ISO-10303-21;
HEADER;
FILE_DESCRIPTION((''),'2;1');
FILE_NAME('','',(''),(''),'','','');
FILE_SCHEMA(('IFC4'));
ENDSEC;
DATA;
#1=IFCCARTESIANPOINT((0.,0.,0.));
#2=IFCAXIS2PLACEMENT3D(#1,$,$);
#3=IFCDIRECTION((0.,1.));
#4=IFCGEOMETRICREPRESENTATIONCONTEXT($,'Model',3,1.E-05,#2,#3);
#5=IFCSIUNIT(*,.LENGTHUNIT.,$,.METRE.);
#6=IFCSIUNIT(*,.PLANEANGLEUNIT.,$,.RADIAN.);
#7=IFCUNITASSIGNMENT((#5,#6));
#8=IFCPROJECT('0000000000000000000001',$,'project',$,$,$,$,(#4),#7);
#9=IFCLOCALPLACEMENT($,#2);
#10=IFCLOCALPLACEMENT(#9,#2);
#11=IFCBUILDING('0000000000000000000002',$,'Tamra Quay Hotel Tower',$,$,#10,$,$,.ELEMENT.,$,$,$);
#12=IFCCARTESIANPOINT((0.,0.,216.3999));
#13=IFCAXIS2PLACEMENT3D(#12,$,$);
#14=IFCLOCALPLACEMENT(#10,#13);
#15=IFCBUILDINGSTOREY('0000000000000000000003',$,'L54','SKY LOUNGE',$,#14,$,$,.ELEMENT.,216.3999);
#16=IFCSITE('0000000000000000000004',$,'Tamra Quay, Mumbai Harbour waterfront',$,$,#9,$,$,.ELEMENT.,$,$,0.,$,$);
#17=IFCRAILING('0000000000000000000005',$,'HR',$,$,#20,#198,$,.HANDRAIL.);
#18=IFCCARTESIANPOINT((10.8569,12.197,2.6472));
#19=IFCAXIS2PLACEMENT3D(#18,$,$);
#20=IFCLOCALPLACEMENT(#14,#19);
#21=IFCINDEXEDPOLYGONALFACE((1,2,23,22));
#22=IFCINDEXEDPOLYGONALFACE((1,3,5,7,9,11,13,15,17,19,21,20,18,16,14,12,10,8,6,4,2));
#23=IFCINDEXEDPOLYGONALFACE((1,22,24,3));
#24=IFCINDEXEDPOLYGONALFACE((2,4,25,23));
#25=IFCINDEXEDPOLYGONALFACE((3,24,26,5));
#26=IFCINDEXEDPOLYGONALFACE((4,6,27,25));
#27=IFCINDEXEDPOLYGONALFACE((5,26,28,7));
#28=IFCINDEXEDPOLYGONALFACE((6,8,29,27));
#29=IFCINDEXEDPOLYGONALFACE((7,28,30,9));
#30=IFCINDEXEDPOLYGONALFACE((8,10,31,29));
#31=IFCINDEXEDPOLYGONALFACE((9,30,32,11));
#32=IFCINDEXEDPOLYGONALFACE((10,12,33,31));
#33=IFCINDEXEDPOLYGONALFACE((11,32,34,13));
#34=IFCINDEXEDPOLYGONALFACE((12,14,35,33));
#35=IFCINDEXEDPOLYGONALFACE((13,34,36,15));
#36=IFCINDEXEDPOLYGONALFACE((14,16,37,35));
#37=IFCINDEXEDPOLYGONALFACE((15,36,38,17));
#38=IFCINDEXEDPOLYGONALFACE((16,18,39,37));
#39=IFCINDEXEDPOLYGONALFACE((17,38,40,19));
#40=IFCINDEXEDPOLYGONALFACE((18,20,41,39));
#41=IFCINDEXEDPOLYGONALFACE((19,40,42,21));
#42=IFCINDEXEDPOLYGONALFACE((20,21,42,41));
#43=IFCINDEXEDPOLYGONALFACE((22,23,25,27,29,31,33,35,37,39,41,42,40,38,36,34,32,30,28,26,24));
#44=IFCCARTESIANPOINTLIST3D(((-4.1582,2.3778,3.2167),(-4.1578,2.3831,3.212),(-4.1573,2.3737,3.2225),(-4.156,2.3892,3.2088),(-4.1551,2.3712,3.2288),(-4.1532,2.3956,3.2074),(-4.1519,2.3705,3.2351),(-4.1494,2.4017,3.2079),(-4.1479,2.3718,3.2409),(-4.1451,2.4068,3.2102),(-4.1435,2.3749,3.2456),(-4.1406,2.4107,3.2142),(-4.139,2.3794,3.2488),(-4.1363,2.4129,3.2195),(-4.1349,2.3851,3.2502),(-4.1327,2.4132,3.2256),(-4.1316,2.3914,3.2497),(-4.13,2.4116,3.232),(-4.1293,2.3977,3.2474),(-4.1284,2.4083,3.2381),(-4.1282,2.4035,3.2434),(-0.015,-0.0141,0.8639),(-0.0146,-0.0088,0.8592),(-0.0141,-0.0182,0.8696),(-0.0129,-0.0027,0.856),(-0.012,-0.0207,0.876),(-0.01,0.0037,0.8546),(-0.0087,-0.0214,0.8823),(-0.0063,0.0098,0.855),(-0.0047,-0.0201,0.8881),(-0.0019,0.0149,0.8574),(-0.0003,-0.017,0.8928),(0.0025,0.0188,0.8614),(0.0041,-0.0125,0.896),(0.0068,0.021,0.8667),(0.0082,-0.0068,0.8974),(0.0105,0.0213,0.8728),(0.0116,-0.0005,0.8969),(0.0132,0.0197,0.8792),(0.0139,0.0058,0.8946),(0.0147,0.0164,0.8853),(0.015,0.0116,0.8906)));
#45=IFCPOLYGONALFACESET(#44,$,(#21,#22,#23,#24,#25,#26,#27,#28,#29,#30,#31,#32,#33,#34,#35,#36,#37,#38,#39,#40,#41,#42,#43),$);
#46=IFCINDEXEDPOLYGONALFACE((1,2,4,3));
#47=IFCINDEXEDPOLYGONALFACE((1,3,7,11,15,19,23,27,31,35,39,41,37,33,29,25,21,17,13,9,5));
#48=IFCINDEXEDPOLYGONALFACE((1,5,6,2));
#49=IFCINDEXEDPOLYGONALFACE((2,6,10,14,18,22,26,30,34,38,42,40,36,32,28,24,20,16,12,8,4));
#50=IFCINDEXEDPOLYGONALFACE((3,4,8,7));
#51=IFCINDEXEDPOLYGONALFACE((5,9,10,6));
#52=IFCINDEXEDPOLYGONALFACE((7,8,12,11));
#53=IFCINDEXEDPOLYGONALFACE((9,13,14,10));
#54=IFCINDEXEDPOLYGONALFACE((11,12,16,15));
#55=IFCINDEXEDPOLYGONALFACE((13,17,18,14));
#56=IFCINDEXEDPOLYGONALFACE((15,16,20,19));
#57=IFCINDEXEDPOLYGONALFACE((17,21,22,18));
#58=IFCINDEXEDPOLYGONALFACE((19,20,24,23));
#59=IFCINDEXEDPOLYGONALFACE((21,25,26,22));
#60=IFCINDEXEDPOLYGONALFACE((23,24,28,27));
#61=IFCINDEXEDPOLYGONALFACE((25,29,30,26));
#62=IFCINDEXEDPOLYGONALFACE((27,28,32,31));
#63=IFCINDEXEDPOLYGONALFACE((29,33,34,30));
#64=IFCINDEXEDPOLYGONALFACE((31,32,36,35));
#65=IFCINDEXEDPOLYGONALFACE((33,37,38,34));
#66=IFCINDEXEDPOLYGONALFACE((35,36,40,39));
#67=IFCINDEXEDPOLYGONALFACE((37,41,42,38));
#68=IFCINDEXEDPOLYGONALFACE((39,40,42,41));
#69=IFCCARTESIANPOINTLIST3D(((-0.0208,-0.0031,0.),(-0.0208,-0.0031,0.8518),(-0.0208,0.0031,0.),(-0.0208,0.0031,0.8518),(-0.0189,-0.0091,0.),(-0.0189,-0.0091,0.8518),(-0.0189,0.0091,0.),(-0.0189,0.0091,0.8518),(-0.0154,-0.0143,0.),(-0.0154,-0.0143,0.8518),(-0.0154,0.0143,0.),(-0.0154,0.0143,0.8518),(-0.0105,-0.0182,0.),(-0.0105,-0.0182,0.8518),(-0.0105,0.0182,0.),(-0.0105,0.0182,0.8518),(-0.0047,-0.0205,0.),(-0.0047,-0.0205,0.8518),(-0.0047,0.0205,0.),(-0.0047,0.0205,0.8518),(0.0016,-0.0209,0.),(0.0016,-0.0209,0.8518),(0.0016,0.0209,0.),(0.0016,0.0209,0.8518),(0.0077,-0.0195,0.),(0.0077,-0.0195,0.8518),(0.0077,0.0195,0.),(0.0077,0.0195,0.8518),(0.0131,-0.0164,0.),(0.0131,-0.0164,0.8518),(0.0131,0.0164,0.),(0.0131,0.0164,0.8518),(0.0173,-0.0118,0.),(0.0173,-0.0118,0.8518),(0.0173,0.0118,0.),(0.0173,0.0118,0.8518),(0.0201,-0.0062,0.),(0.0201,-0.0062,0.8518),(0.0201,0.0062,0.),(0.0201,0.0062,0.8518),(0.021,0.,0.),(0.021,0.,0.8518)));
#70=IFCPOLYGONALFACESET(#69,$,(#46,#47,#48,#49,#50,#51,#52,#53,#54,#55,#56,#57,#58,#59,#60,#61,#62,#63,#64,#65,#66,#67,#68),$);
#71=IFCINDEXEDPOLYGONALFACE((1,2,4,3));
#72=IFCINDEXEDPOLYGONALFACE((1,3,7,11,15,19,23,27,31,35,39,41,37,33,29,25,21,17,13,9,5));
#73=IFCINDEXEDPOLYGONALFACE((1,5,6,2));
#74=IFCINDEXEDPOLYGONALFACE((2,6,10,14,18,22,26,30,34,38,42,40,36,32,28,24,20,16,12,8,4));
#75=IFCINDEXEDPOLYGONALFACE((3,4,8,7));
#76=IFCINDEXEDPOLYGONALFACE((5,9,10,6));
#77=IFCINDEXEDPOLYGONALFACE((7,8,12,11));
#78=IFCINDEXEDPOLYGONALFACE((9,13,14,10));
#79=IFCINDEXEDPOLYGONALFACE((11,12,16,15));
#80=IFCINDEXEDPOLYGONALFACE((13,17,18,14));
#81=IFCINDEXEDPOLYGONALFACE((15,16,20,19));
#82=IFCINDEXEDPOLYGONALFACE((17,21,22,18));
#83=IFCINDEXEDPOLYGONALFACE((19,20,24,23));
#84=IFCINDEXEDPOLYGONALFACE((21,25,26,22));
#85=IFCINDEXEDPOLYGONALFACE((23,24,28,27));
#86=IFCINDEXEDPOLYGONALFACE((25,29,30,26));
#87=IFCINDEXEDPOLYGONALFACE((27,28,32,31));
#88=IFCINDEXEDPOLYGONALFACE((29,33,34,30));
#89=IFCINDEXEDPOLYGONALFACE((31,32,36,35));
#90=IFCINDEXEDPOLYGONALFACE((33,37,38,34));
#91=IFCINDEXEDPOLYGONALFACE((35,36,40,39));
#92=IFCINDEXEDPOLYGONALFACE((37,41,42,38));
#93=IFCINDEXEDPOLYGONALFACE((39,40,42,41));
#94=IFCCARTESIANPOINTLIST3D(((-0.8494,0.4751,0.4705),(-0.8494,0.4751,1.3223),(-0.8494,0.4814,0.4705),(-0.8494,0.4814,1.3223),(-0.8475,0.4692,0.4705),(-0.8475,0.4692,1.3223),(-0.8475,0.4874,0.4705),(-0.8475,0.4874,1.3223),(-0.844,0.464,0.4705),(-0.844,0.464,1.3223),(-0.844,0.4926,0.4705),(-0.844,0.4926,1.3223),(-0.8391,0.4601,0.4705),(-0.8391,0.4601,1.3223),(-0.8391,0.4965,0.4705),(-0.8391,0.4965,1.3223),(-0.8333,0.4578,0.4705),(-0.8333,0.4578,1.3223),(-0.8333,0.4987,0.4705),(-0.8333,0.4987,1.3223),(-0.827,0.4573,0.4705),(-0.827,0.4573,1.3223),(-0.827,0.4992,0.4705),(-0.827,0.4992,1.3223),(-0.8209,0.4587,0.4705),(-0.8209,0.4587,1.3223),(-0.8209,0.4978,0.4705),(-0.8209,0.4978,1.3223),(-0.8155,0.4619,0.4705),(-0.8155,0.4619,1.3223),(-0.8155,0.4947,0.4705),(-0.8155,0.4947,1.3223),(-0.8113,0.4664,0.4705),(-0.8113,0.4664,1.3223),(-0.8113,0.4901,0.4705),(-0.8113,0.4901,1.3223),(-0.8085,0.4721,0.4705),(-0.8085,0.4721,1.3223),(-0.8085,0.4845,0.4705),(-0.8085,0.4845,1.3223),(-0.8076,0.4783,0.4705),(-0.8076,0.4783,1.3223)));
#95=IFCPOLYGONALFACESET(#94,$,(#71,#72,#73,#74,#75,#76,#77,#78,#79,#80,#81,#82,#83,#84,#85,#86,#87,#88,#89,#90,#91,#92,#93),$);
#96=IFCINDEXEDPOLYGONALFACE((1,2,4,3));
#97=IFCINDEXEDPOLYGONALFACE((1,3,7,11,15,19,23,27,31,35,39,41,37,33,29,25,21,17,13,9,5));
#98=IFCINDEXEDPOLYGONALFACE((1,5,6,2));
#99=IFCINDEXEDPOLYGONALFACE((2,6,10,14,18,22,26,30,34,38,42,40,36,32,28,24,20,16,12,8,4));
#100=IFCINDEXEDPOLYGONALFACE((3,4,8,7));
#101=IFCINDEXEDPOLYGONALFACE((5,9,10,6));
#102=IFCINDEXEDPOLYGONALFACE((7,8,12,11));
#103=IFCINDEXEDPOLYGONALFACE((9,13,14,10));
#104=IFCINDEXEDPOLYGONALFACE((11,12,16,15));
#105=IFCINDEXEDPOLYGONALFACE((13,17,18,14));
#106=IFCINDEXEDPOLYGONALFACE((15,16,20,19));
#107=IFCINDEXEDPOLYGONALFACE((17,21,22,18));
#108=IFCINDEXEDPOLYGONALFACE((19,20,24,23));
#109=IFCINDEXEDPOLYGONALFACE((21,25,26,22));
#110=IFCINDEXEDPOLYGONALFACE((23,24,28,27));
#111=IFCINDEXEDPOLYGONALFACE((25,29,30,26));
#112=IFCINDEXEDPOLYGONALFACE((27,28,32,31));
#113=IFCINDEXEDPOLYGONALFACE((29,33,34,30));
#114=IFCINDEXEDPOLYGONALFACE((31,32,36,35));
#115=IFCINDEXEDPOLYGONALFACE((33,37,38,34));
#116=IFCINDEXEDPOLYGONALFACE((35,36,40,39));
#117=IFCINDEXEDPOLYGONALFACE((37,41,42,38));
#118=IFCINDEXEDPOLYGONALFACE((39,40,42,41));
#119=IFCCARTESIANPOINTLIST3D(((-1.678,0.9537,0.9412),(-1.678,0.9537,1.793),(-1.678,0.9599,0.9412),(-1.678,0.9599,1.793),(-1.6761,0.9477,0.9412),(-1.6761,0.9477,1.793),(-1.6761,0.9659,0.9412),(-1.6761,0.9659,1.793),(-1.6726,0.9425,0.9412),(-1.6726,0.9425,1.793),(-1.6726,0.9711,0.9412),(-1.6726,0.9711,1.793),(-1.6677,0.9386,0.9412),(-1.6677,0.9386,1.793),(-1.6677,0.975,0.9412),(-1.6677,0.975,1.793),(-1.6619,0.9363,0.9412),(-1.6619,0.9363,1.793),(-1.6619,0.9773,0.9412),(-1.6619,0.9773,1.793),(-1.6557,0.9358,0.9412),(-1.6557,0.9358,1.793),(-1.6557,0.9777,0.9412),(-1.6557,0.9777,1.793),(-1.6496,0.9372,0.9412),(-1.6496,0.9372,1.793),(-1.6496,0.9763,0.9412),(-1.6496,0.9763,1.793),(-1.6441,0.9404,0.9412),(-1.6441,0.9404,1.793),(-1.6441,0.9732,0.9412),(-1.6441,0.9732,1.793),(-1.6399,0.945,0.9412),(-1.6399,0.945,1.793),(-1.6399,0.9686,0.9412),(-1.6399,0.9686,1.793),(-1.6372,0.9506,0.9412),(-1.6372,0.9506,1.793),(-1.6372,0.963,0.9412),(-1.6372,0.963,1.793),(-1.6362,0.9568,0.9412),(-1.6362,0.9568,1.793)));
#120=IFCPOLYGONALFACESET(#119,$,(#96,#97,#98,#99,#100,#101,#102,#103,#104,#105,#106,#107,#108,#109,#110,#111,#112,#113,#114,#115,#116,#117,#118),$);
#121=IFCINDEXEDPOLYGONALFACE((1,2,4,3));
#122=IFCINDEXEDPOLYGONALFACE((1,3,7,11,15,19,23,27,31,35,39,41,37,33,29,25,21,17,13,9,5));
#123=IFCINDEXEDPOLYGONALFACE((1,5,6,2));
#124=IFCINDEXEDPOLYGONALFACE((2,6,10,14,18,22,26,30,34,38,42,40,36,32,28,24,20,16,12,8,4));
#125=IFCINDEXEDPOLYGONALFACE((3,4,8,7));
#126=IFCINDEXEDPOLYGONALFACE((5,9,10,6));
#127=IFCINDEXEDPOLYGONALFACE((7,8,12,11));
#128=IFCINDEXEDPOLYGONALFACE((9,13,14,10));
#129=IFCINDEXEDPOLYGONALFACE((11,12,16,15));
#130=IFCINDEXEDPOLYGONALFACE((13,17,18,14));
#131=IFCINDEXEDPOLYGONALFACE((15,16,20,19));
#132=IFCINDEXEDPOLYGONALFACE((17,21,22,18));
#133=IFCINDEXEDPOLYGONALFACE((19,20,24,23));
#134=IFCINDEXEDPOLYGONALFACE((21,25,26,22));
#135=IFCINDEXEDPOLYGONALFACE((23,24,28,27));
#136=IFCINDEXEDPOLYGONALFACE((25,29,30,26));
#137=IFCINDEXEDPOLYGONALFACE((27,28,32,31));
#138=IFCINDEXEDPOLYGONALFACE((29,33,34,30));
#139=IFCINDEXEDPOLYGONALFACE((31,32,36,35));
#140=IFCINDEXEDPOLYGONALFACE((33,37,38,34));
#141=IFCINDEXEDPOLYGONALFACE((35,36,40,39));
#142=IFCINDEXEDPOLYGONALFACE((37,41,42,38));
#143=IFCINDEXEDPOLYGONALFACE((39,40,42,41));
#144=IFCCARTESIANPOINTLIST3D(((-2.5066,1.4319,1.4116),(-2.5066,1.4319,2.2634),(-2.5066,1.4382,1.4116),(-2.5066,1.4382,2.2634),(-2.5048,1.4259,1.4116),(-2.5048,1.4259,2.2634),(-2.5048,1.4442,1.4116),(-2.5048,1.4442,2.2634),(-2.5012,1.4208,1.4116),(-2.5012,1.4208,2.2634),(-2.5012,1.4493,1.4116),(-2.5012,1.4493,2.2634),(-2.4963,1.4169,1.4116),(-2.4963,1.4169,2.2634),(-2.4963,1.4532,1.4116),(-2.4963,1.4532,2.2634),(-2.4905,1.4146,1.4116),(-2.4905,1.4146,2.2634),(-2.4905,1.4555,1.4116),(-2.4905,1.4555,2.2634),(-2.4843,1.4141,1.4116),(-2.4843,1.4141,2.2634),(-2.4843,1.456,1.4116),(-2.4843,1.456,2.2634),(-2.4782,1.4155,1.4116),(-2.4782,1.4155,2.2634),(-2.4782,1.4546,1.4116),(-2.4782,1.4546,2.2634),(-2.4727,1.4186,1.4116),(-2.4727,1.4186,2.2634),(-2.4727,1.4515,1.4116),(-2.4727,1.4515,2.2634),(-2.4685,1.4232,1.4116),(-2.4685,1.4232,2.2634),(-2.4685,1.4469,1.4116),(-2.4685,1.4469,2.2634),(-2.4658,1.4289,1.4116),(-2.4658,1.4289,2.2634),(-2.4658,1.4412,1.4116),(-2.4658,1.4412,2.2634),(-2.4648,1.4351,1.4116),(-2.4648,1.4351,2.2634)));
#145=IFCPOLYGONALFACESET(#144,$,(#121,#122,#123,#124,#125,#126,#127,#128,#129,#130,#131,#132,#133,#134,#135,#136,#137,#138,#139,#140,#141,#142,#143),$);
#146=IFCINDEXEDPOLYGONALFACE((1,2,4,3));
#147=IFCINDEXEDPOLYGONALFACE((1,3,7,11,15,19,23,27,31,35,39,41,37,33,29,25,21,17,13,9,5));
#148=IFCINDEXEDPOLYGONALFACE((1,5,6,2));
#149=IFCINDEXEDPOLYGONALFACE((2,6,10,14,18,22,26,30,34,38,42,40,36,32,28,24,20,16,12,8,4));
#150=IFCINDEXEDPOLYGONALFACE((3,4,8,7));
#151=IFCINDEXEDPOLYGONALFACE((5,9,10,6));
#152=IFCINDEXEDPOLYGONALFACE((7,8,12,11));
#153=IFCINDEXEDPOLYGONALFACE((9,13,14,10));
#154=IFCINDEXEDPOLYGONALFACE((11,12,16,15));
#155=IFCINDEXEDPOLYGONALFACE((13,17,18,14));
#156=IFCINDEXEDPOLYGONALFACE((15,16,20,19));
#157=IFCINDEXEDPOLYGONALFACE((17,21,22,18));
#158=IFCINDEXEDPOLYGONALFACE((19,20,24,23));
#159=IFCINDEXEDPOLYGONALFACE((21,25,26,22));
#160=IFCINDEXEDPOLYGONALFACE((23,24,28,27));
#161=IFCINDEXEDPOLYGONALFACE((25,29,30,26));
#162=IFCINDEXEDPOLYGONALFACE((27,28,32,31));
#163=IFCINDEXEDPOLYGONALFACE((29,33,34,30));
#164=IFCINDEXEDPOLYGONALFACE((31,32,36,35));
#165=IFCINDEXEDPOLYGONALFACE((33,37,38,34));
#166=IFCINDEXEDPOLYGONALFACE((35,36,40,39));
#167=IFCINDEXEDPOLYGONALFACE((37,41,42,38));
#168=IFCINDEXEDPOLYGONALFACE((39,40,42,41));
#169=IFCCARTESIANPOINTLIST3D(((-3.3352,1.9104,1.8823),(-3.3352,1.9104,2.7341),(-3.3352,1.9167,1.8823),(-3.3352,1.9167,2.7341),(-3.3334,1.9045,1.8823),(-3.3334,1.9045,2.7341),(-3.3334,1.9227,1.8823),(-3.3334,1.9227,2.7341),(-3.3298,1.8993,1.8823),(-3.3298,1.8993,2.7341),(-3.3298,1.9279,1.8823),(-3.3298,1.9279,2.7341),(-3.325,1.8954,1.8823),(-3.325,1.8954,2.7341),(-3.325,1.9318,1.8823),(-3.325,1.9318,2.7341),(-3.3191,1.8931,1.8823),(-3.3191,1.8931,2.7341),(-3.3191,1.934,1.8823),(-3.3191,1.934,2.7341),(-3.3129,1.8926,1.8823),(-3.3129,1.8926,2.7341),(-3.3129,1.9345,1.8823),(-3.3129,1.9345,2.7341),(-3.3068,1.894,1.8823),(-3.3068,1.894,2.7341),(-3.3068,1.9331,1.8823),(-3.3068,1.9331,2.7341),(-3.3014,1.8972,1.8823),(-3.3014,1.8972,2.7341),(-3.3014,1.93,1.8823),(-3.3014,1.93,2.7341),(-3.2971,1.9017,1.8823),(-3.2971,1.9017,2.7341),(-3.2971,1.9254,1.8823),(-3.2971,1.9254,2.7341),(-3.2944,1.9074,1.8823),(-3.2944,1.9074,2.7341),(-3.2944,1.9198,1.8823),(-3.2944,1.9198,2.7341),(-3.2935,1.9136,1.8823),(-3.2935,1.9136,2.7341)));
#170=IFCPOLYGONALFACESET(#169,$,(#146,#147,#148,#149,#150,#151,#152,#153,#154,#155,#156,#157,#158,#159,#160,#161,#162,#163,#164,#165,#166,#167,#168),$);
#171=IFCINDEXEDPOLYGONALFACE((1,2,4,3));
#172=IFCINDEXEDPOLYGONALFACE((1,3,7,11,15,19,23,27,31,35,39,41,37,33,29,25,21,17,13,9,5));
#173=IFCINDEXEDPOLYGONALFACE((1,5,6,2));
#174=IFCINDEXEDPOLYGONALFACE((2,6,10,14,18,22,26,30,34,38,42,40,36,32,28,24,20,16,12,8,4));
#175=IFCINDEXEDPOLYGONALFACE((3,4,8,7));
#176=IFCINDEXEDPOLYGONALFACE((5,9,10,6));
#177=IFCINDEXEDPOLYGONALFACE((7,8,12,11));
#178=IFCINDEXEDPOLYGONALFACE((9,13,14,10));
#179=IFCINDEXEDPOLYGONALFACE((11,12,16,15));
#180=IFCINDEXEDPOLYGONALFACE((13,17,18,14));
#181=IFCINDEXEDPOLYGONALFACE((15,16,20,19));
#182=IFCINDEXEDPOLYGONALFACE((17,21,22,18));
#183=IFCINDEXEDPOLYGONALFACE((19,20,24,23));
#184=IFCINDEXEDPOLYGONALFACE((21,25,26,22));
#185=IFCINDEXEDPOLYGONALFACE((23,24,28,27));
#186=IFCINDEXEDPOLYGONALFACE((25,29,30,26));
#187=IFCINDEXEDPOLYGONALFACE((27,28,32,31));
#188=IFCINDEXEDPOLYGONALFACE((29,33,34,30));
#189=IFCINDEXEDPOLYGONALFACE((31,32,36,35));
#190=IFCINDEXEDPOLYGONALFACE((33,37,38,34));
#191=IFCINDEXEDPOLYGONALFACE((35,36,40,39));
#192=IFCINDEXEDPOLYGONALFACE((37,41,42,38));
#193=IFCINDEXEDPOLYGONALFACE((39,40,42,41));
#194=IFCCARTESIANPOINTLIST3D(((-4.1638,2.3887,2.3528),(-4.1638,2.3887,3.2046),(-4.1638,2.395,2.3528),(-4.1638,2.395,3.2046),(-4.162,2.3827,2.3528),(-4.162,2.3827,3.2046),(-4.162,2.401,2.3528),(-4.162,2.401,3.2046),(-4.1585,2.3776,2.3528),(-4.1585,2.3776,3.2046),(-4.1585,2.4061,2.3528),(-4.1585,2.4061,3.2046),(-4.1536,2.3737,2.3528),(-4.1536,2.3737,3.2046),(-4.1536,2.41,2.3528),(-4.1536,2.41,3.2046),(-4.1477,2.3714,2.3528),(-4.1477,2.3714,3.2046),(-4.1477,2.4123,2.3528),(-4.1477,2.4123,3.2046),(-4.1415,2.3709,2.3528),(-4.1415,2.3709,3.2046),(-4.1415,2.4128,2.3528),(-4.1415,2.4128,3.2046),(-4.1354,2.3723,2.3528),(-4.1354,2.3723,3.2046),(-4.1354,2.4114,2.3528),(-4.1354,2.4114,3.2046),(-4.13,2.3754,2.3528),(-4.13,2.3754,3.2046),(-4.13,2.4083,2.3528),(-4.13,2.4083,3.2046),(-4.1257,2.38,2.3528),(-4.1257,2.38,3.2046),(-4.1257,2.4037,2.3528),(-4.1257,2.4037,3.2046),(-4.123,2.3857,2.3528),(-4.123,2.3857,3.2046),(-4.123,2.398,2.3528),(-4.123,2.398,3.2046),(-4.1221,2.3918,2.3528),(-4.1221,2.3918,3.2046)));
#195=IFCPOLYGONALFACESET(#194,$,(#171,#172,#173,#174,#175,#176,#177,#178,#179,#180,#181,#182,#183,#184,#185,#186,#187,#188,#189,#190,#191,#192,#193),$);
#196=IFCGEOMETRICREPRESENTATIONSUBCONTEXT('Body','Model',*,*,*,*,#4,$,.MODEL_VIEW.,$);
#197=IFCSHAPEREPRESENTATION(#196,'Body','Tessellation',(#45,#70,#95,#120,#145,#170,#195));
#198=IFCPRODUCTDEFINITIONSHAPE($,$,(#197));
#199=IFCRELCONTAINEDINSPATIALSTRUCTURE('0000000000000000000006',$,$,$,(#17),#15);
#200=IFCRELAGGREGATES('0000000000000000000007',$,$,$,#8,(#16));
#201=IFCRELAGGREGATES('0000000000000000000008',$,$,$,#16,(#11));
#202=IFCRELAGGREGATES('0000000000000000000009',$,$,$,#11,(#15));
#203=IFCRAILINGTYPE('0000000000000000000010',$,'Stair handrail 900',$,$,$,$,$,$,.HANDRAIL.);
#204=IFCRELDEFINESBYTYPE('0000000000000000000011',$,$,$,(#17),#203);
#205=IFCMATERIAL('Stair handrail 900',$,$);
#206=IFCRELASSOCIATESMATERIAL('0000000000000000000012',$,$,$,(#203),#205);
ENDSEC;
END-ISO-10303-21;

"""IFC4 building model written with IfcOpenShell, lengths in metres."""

from ifc_helpers import new_model, si_unit, direction, frame, origin, origin_2d, place, context, subcontext, project, spatial, circle, extrude, material, type_object, element, save


model = new_model("IFC4")

# Units and contexts
model_context = context("Model", 3, precision=1e-05, world=origin(), true_north=direction((0.0, 1.0)))
body_context = subcontext(model_context, "Body", "Model", "MODEL_VIEW")
ifc_project = project(units=[si_unit("LENGTHUNIT", "METRE"), si_unit("PLANEANGLEUNIT", "RADIAN")], contexts=[model_context])

# Site, building, storey
site_placement = place(None, origin())
site = spatial("IfcSite", under=ifc_project, at=site_placement, Name="Tamra Quay, Mumbai Harbour waterfront", CompositionType="ELEMENT", RefElevation=0.0)
building_placement = place(site_placement, origin())
building = spatial("IfcBuilding", under=site, at=building_placement, Name="Tamra Quay Hotel Tower", CompositionType="ELEMENT")
storey_placement = place(building_placement, frame((0.0, 0.0, 216.3999)))
storey = spatial("IfcBuildingStorey", under=building, at=storey_placement, Name="L54", Description="SKY LOUNGE", CompositionType="ELEMENT", Elevation=216.3999)

# Railing
ifc_material_1 = material(Name="Stair handrail 900")
railing_type_1 = type_object("IfcRailingType", Name="Stair handrail 900", PredefinedType="HANDRAIL", material=ifc_material_1)
railing_1_placement = place(storey_placement, frame((10.8569, 12.197, 2.6472)))
element("IfcRailing", 1, at=railing_1_placement, inside=storey, type_object=railing_type_1, Name="HR", PredefinedType="HANDRAIL", context=body_context, shape_type="SweptSolid", body=[
    extrude(circle(Radius=0.0239, at=origin_2d()), frame((0.0, 0.0, 0.876), z_axis=(-0.777138, 0.448652, 0.441325), x_axis=(-0.499976, -0.866039, 0.0)), (0.0, 0.0, 1.0), 5.3313),
    extrude(circle(Radius=0.021, at=origin_2d()), origin(), (0.0, 0.0, 1.0), 0.8518),
    extrude(circle(Radius=0.021, at=origin_2d()), frame((-0.8286, 0.4783, 0.4705)), (0.0, 0.0, 1.0), 0.8518),
    extrude(circle(Radius=0.021, at=origin_2d()), frame((-1.6572, 0.9568, 0.9412)), (0.0, 0.0, 1.0), 0.8518),
    extrude(circle(Radius=0.021, at=origin_2d()), frame((-2.4858, 1.4351, 1.4116)), (0.0, 0.0, 1.0), 0.8518),
    extrude(circle(Radius=0.021, at=origin_2d()), frame((-3.3145, 1.9136, 1.8823)), (0.0, 0.0, 1.0), 0.8518),
    extrude(circle(Radius=0.021, at=origin_2d()), frame((-4.1431, 2.3918, 2.3528)), (0.0, 0.0, 1.0), 0.8518),
])

save(model, "model.ifc")
